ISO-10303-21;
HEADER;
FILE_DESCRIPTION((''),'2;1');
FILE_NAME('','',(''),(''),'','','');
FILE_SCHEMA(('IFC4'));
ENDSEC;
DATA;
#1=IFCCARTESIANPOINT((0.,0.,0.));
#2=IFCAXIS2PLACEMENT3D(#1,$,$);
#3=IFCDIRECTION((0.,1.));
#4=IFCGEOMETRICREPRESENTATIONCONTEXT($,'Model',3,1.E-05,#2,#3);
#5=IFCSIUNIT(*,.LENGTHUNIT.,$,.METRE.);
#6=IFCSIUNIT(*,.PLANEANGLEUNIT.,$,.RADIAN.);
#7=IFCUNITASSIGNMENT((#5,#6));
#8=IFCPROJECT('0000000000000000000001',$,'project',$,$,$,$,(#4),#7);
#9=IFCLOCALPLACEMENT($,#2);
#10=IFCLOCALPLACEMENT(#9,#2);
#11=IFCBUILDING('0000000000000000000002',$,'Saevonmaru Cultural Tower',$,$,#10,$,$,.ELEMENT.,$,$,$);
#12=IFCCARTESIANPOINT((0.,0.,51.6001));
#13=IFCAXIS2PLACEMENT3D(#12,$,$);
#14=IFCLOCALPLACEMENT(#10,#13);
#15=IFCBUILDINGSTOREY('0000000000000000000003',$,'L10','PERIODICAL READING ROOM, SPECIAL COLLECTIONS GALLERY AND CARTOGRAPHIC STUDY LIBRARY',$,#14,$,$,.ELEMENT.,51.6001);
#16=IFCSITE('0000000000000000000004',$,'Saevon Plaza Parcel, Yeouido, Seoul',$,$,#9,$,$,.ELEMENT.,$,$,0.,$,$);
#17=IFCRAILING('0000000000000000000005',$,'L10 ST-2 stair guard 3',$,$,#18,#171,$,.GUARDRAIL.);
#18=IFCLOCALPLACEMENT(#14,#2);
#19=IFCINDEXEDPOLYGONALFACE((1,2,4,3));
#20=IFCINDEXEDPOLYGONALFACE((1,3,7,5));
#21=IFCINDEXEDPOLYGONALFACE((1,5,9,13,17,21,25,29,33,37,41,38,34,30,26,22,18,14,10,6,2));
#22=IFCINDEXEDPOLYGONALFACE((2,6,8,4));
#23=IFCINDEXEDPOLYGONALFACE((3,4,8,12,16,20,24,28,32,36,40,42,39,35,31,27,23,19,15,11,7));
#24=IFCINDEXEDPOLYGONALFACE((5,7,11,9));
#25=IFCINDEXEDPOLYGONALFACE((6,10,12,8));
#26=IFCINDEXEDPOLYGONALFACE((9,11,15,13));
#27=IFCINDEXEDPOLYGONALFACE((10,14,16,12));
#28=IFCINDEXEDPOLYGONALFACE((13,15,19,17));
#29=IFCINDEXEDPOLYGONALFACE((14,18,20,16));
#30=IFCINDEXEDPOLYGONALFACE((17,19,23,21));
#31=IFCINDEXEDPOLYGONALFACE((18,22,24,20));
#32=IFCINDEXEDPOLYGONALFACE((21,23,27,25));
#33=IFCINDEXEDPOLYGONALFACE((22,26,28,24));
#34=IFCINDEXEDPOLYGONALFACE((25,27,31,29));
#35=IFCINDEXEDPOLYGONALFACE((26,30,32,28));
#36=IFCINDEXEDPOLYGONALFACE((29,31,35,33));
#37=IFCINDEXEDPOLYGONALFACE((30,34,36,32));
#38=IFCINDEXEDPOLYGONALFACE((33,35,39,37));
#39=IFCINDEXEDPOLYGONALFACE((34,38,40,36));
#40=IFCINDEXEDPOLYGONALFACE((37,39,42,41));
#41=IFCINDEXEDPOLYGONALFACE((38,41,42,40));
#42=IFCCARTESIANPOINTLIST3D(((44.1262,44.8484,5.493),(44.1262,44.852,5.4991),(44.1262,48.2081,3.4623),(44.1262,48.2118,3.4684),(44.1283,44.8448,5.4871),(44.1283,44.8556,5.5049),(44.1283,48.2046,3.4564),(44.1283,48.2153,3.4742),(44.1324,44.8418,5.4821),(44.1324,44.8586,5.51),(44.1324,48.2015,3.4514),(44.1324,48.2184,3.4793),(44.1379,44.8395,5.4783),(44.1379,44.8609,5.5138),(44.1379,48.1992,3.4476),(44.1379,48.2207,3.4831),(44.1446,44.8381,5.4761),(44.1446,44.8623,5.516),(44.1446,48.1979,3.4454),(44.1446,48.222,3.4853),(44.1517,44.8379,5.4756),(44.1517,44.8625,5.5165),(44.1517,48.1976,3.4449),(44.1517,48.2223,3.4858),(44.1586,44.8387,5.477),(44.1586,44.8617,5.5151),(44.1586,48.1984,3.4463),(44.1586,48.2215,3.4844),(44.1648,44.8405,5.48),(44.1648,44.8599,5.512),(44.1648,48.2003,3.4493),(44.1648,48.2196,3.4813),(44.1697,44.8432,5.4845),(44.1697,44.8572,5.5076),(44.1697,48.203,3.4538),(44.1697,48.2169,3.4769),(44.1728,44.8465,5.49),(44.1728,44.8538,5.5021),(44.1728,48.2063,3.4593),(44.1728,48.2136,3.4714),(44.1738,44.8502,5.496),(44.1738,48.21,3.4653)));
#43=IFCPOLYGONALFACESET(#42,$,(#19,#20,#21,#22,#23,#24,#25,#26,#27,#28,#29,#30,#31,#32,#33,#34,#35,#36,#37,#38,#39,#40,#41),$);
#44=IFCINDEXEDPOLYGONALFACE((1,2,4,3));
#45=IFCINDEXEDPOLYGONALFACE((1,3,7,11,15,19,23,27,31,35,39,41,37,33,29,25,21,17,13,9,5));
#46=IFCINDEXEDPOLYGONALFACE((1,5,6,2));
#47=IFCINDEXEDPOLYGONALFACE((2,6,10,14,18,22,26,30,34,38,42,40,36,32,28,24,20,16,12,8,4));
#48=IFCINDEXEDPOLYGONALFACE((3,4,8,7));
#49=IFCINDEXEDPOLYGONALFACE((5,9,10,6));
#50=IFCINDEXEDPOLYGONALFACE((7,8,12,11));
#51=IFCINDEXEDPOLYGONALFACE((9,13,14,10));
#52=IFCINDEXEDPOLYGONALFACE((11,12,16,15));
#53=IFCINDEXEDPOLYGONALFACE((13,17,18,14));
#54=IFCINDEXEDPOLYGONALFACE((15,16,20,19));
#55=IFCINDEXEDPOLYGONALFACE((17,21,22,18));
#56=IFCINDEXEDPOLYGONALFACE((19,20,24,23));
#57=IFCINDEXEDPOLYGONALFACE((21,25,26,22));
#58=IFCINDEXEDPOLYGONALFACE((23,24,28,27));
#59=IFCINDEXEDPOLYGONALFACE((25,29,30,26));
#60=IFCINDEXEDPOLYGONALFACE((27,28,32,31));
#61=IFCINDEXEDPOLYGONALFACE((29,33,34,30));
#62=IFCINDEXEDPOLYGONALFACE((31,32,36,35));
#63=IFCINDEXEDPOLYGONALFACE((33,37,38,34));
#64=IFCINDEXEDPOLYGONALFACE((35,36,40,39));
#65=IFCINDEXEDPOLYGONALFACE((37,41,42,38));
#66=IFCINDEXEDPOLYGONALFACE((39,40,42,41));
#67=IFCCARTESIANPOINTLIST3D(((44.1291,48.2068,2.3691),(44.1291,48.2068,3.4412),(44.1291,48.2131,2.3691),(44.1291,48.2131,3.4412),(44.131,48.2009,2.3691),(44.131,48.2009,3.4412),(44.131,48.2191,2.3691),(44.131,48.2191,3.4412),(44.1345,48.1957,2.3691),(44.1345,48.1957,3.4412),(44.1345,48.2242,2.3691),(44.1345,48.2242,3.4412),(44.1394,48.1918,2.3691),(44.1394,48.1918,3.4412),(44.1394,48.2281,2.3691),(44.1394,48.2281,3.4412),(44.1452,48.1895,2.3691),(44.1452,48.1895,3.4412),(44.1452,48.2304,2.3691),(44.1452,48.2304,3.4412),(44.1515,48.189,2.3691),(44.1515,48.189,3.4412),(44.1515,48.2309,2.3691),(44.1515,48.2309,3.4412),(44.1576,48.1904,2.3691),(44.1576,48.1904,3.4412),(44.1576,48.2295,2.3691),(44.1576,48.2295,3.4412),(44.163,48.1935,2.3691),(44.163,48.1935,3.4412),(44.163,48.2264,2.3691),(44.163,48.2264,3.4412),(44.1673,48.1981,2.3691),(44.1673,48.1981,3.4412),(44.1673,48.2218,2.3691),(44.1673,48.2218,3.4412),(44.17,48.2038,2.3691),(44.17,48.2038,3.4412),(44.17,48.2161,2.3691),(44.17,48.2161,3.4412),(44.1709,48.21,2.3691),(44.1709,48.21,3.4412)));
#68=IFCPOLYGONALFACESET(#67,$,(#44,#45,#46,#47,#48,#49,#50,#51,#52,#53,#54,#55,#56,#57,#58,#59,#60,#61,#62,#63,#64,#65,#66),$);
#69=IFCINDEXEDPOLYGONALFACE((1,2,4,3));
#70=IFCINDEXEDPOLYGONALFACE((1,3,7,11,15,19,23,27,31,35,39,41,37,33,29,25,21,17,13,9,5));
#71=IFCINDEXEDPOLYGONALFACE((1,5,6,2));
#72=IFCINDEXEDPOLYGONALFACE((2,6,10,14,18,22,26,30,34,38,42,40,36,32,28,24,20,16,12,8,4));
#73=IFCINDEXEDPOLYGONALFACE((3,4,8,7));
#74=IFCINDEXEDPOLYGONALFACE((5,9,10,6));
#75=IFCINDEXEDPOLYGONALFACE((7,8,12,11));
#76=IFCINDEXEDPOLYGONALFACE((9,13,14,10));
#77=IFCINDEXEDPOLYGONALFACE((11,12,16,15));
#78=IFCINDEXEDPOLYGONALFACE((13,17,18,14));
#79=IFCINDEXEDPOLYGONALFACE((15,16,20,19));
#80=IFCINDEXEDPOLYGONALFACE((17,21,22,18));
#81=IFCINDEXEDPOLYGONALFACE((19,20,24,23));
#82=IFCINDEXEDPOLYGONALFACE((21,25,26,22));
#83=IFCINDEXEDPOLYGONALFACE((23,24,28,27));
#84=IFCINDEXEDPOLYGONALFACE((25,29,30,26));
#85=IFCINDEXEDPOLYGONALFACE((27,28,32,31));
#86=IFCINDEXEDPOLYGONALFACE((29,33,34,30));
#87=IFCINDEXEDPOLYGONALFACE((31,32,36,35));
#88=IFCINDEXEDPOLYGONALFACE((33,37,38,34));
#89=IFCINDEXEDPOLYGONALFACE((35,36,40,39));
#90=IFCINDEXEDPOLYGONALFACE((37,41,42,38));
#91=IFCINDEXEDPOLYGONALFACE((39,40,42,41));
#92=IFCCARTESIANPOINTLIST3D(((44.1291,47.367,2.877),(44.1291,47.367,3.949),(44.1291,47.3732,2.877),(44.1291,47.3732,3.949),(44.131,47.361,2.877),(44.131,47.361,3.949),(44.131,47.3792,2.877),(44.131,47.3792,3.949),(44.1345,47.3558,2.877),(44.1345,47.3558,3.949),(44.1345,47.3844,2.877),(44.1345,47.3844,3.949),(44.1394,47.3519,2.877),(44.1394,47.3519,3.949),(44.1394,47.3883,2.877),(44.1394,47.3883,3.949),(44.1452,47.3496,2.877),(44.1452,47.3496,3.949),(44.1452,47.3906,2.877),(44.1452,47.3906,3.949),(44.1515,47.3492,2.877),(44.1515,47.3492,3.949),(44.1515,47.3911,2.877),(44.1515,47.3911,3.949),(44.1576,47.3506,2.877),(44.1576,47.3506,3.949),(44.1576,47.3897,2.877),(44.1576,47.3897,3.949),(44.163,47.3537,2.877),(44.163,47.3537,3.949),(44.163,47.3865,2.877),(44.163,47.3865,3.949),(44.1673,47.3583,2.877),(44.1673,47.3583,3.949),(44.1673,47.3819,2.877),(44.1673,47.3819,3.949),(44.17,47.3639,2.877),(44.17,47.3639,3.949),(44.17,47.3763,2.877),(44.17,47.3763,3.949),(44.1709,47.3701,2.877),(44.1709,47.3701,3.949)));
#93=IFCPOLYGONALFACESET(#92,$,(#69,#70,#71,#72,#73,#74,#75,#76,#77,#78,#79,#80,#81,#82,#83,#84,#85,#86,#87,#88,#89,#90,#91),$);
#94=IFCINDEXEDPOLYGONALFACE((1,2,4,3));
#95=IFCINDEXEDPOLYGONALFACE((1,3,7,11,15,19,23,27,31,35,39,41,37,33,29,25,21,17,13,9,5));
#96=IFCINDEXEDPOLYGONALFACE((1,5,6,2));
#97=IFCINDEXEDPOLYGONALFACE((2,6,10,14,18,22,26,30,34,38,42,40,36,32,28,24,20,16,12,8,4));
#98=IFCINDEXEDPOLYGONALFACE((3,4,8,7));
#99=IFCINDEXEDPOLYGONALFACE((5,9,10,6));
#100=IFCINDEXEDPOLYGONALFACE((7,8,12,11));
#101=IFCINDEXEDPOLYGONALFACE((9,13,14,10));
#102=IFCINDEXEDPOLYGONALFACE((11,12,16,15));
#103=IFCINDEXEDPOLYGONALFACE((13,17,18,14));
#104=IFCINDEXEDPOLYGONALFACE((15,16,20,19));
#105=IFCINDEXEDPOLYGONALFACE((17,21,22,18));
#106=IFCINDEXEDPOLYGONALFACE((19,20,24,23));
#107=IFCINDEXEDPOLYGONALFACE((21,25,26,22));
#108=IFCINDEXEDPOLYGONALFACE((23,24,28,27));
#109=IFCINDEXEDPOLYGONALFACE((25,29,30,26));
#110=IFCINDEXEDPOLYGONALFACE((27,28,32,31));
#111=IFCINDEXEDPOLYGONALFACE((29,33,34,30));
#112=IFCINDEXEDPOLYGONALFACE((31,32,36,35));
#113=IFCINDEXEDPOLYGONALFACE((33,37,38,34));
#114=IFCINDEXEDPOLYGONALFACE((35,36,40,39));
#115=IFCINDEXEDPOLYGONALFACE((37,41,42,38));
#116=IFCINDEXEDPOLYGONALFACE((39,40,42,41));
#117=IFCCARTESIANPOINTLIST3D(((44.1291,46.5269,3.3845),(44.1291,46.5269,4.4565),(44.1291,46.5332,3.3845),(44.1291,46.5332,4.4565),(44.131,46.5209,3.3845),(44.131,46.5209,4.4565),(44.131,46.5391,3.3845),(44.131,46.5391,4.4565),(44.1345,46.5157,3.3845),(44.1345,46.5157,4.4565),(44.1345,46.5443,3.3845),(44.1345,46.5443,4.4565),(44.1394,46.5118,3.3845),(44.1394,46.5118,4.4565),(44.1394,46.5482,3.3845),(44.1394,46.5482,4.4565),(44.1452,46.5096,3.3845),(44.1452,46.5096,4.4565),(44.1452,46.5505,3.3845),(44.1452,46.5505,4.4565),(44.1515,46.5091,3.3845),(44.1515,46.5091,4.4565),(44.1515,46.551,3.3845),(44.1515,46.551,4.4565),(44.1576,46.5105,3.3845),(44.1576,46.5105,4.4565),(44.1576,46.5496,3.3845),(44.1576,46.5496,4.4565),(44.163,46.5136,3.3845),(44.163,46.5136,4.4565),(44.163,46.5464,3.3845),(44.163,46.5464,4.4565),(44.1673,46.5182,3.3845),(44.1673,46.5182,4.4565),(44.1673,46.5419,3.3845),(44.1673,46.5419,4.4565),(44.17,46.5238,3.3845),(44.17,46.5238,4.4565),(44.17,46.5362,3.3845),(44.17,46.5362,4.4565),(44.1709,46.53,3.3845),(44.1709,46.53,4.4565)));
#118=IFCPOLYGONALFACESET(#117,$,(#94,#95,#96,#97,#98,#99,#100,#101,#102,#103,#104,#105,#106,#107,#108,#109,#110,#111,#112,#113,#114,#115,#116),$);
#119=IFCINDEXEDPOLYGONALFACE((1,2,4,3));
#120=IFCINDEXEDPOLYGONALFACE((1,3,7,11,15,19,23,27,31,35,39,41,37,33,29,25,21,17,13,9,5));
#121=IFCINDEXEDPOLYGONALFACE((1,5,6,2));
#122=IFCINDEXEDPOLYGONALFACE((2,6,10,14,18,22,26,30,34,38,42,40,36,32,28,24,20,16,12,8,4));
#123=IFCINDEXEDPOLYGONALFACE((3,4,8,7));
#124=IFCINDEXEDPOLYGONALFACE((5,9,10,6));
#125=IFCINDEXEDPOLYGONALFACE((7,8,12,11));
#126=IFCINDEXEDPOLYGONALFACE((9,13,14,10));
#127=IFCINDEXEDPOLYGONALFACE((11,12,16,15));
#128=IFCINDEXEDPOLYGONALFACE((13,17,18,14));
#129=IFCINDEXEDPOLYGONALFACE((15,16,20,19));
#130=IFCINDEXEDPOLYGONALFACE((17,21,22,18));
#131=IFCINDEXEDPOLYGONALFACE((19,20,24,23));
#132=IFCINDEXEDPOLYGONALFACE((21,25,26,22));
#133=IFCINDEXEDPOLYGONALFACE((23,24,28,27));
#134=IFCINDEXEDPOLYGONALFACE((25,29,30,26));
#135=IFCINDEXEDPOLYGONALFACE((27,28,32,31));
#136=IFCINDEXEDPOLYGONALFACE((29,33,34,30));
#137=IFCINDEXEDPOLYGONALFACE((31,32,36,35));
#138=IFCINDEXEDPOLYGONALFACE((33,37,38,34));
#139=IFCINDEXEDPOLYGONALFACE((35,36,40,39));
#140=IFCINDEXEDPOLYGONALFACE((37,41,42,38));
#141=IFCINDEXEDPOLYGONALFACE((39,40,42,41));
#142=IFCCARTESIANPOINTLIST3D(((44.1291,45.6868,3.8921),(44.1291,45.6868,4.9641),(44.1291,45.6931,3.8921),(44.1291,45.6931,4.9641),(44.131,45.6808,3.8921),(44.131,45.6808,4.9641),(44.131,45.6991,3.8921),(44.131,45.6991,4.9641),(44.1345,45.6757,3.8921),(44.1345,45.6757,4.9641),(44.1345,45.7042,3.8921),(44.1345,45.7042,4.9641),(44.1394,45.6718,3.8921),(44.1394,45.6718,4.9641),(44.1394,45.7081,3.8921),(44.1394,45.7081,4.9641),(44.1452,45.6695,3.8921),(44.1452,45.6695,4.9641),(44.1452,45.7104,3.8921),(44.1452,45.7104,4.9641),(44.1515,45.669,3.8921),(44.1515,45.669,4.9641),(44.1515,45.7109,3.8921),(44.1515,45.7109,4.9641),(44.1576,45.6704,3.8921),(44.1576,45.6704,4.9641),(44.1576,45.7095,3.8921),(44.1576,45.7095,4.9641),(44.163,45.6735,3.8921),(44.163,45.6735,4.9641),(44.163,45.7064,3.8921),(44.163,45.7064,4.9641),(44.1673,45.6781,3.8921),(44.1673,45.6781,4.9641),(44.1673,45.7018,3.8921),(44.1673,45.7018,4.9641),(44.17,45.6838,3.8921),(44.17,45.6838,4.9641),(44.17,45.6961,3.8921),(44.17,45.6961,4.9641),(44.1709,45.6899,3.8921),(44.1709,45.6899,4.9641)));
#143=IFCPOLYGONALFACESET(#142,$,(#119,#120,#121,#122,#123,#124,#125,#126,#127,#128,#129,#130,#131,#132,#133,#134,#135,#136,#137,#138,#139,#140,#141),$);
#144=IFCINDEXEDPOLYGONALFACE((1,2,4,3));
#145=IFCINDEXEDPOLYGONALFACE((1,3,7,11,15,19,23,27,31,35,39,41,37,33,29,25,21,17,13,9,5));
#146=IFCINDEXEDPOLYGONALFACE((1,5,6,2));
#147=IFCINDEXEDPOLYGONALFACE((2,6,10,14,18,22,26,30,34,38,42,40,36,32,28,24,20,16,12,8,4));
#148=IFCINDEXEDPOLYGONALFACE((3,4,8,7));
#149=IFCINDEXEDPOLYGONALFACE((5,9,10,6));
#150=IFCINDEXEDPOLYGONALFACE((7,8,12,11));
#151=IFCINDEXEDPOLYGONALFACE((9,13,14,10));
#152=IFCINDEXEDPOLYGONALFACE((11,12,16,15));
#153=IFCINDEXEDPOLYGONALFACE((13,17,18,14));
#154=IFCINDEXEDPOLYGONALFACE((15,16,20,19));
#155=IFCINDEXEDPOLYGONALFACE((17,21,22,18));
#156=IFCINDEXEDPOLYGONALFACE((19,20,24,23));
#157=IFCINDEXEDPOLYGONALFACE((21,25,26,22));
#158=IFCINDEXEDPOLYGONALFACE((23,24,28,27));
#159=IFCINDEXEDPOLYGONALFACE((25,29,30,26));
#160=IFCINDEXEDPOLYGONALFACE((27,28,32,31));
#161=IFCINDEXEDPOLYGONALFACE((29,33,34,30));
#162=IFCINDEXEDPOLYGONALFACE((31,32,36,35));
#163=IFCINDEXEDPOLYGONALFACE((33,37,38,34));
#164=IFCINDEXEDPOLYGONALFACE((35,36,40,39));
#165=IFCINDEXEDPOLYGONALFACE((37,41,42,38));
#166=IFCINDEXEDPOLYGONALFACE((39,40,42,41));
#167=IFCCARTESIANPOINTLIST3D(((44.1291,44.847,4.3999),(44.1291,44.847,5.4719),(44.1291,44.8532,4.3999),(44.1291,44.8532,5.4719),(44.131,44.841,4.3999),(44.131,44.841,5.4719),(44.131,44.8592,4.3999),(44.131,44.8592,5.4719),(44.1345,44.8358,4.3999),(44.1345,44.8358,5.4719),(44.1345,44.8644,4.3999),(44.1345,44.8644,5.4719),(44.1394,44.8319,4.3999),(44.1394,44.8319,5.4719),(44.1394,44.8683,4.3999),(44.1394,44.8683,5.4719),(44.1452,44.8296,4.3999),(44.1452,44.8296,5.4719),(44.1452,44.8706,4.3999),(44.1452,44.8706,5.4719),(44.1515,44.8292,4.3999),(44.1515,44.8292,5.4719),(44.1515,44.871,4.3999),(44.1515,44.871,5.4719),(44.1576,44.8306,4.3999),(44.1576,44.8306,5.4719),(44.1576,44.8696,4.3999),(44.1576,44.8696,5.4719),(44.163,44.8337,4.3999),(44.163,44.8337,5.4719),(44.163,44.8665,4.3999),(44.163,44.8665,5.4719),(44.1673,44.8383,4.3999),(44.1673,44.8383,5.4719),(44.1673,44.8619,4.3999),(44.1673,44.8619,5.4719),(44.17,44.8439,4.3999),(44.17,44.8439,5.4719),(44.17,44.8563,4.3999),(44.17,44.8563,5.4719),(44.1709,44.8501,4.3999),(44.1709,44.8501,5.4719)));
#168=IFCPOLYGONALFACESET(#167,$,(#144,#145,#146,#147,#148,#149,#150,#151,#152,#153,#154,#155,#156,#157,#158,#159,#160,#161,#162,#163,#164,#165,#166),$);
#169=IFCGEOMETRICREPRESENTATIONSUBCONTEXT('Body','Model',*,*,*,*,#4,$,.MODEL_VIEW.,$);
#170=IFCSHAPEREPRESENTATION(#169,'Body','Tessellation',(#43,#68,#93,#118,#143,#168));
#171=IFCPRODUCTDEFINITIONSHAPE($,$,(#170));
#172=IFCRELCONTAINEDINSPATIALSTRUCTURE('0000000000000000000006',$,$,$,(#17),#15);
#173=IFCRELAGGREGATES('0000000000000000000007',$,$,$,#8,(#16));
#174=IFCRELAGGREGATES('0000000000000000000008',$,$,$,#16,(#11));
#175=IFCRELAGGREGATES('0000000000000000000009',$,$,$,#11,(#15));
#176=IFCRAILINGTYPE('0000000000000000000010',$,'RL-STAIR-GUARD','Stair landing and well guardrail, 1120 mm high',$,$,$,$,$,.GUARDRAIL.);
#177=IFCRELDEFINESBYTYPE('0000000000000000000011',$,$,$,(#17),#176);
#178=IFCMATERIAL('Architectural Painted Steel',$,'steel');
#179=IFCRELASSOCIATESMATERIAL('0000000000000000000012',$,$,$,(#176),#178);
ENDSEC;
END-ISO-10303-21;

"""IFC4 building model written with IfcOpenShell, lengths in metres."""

from ifc_helpers import new_model, si_unit, direction, frame, origin, origin_2d, place, context, subcontext, project, spatial, circle, extrude, material, type_object, element, save


model = new_model("IFC4")

# Units and contexts
model_context = context("Model", 3, precision=1e-05, world=origin(), true_north=direction((0.0, 1.0)))
body_context = subcontext(model_context, "Body", "Model", "MODEL_VIEW")
ifc_project = project(units=[si_unit("LENGTHUNIT", "METRE"), si_unit("PLANEANGLEUNIT", "RADIAN")], contexts=[model_context])

# Site, building, storey
site_placement = place(None, origin())
site = spatial("IfcSite", under=ifc_project, at=site_placement, Name="Saevon Plaza Parcel, Yeouido, Seoul", CompositionType="ELEMENT", RefElevation=0.0)
building_placement = place(site_placement, origin())
building = spatial("IfcBuilding", under=site, at=building_placement, Name="Saevonmaru Cultural Tower", CompositionType="ELEMENT")
storey_placement = place(building_placement, frame((0.0, 0.0, 51.6001)))
storey = spatial("IfcBuildingStorey", under=building, at=storey_placement, Name="L10", Description="PERIODICAL READING ROOM, SPECIAL COLLECTIONS GALLERY AND CARTOGRAPHIC STUDY LIBRARY", CompositionType="ELEMENT", Elevation=51.6001)

# Railing
ifc_material_1 = material(Name="Architectural Painted Steel", Category="steel")
railing_type = type_object("IfcRailingType", Name="RL-STAIR-GUARD", Description="Stair landing and well guardrail, 1120 mm high", PredefinedType="GUARDRAIL", material=ifc_material_1)
railing_placement = place(storey_placement, frame((44.1499, 48.21, 2.3691)))
element("IfcRailing", 1, at=railing_placement, inside=storey, type_object=railing_type, Name="L10 ST-2 stair guard 3", PredefinedType="GUARDRAIL", context=body_context, shape_type="SweptSolid", body=[
    extrude(circle(Radius=0.0239, at=origin_2d()), frame((0.0, 0.0, 1.0962), z_axis=(0.0, -0.85582, 0.517273), x_axis=(1.0, 0.0, 0.0)), (0.0, 0.0, 1.0), 3.9258),
    extrude(circle(Radius=0.021, at=origin_2d()), origin(), (0.0, 0.0, 1.0), 1.072),
    extrude(circle(Radius=0.021, at=origin_2d()), frame((0.0, -0.8398, 0.5078)), (0.0, 0.0, 1.0), 1.072),
    extrude(circle(Radius=0.021, at=origin_2d()), frame((0.0, -1.6799, 1.0154)), (0.0, 0.0, 1.0), 1.072),
    extrude(circle(Radius=0.021, at=origin_2d()), frame((0.0, -2.52, 1.5229)), (0.0, 0.0, 1.0), 1.072),
    extrude(circle(Radius=0.021, at=origin_2d()), frame((0.0, -3.3599, 2.0308)), (0.0, 0.0, 1.0), 1.072),
])

save(model, "model.ifc")
